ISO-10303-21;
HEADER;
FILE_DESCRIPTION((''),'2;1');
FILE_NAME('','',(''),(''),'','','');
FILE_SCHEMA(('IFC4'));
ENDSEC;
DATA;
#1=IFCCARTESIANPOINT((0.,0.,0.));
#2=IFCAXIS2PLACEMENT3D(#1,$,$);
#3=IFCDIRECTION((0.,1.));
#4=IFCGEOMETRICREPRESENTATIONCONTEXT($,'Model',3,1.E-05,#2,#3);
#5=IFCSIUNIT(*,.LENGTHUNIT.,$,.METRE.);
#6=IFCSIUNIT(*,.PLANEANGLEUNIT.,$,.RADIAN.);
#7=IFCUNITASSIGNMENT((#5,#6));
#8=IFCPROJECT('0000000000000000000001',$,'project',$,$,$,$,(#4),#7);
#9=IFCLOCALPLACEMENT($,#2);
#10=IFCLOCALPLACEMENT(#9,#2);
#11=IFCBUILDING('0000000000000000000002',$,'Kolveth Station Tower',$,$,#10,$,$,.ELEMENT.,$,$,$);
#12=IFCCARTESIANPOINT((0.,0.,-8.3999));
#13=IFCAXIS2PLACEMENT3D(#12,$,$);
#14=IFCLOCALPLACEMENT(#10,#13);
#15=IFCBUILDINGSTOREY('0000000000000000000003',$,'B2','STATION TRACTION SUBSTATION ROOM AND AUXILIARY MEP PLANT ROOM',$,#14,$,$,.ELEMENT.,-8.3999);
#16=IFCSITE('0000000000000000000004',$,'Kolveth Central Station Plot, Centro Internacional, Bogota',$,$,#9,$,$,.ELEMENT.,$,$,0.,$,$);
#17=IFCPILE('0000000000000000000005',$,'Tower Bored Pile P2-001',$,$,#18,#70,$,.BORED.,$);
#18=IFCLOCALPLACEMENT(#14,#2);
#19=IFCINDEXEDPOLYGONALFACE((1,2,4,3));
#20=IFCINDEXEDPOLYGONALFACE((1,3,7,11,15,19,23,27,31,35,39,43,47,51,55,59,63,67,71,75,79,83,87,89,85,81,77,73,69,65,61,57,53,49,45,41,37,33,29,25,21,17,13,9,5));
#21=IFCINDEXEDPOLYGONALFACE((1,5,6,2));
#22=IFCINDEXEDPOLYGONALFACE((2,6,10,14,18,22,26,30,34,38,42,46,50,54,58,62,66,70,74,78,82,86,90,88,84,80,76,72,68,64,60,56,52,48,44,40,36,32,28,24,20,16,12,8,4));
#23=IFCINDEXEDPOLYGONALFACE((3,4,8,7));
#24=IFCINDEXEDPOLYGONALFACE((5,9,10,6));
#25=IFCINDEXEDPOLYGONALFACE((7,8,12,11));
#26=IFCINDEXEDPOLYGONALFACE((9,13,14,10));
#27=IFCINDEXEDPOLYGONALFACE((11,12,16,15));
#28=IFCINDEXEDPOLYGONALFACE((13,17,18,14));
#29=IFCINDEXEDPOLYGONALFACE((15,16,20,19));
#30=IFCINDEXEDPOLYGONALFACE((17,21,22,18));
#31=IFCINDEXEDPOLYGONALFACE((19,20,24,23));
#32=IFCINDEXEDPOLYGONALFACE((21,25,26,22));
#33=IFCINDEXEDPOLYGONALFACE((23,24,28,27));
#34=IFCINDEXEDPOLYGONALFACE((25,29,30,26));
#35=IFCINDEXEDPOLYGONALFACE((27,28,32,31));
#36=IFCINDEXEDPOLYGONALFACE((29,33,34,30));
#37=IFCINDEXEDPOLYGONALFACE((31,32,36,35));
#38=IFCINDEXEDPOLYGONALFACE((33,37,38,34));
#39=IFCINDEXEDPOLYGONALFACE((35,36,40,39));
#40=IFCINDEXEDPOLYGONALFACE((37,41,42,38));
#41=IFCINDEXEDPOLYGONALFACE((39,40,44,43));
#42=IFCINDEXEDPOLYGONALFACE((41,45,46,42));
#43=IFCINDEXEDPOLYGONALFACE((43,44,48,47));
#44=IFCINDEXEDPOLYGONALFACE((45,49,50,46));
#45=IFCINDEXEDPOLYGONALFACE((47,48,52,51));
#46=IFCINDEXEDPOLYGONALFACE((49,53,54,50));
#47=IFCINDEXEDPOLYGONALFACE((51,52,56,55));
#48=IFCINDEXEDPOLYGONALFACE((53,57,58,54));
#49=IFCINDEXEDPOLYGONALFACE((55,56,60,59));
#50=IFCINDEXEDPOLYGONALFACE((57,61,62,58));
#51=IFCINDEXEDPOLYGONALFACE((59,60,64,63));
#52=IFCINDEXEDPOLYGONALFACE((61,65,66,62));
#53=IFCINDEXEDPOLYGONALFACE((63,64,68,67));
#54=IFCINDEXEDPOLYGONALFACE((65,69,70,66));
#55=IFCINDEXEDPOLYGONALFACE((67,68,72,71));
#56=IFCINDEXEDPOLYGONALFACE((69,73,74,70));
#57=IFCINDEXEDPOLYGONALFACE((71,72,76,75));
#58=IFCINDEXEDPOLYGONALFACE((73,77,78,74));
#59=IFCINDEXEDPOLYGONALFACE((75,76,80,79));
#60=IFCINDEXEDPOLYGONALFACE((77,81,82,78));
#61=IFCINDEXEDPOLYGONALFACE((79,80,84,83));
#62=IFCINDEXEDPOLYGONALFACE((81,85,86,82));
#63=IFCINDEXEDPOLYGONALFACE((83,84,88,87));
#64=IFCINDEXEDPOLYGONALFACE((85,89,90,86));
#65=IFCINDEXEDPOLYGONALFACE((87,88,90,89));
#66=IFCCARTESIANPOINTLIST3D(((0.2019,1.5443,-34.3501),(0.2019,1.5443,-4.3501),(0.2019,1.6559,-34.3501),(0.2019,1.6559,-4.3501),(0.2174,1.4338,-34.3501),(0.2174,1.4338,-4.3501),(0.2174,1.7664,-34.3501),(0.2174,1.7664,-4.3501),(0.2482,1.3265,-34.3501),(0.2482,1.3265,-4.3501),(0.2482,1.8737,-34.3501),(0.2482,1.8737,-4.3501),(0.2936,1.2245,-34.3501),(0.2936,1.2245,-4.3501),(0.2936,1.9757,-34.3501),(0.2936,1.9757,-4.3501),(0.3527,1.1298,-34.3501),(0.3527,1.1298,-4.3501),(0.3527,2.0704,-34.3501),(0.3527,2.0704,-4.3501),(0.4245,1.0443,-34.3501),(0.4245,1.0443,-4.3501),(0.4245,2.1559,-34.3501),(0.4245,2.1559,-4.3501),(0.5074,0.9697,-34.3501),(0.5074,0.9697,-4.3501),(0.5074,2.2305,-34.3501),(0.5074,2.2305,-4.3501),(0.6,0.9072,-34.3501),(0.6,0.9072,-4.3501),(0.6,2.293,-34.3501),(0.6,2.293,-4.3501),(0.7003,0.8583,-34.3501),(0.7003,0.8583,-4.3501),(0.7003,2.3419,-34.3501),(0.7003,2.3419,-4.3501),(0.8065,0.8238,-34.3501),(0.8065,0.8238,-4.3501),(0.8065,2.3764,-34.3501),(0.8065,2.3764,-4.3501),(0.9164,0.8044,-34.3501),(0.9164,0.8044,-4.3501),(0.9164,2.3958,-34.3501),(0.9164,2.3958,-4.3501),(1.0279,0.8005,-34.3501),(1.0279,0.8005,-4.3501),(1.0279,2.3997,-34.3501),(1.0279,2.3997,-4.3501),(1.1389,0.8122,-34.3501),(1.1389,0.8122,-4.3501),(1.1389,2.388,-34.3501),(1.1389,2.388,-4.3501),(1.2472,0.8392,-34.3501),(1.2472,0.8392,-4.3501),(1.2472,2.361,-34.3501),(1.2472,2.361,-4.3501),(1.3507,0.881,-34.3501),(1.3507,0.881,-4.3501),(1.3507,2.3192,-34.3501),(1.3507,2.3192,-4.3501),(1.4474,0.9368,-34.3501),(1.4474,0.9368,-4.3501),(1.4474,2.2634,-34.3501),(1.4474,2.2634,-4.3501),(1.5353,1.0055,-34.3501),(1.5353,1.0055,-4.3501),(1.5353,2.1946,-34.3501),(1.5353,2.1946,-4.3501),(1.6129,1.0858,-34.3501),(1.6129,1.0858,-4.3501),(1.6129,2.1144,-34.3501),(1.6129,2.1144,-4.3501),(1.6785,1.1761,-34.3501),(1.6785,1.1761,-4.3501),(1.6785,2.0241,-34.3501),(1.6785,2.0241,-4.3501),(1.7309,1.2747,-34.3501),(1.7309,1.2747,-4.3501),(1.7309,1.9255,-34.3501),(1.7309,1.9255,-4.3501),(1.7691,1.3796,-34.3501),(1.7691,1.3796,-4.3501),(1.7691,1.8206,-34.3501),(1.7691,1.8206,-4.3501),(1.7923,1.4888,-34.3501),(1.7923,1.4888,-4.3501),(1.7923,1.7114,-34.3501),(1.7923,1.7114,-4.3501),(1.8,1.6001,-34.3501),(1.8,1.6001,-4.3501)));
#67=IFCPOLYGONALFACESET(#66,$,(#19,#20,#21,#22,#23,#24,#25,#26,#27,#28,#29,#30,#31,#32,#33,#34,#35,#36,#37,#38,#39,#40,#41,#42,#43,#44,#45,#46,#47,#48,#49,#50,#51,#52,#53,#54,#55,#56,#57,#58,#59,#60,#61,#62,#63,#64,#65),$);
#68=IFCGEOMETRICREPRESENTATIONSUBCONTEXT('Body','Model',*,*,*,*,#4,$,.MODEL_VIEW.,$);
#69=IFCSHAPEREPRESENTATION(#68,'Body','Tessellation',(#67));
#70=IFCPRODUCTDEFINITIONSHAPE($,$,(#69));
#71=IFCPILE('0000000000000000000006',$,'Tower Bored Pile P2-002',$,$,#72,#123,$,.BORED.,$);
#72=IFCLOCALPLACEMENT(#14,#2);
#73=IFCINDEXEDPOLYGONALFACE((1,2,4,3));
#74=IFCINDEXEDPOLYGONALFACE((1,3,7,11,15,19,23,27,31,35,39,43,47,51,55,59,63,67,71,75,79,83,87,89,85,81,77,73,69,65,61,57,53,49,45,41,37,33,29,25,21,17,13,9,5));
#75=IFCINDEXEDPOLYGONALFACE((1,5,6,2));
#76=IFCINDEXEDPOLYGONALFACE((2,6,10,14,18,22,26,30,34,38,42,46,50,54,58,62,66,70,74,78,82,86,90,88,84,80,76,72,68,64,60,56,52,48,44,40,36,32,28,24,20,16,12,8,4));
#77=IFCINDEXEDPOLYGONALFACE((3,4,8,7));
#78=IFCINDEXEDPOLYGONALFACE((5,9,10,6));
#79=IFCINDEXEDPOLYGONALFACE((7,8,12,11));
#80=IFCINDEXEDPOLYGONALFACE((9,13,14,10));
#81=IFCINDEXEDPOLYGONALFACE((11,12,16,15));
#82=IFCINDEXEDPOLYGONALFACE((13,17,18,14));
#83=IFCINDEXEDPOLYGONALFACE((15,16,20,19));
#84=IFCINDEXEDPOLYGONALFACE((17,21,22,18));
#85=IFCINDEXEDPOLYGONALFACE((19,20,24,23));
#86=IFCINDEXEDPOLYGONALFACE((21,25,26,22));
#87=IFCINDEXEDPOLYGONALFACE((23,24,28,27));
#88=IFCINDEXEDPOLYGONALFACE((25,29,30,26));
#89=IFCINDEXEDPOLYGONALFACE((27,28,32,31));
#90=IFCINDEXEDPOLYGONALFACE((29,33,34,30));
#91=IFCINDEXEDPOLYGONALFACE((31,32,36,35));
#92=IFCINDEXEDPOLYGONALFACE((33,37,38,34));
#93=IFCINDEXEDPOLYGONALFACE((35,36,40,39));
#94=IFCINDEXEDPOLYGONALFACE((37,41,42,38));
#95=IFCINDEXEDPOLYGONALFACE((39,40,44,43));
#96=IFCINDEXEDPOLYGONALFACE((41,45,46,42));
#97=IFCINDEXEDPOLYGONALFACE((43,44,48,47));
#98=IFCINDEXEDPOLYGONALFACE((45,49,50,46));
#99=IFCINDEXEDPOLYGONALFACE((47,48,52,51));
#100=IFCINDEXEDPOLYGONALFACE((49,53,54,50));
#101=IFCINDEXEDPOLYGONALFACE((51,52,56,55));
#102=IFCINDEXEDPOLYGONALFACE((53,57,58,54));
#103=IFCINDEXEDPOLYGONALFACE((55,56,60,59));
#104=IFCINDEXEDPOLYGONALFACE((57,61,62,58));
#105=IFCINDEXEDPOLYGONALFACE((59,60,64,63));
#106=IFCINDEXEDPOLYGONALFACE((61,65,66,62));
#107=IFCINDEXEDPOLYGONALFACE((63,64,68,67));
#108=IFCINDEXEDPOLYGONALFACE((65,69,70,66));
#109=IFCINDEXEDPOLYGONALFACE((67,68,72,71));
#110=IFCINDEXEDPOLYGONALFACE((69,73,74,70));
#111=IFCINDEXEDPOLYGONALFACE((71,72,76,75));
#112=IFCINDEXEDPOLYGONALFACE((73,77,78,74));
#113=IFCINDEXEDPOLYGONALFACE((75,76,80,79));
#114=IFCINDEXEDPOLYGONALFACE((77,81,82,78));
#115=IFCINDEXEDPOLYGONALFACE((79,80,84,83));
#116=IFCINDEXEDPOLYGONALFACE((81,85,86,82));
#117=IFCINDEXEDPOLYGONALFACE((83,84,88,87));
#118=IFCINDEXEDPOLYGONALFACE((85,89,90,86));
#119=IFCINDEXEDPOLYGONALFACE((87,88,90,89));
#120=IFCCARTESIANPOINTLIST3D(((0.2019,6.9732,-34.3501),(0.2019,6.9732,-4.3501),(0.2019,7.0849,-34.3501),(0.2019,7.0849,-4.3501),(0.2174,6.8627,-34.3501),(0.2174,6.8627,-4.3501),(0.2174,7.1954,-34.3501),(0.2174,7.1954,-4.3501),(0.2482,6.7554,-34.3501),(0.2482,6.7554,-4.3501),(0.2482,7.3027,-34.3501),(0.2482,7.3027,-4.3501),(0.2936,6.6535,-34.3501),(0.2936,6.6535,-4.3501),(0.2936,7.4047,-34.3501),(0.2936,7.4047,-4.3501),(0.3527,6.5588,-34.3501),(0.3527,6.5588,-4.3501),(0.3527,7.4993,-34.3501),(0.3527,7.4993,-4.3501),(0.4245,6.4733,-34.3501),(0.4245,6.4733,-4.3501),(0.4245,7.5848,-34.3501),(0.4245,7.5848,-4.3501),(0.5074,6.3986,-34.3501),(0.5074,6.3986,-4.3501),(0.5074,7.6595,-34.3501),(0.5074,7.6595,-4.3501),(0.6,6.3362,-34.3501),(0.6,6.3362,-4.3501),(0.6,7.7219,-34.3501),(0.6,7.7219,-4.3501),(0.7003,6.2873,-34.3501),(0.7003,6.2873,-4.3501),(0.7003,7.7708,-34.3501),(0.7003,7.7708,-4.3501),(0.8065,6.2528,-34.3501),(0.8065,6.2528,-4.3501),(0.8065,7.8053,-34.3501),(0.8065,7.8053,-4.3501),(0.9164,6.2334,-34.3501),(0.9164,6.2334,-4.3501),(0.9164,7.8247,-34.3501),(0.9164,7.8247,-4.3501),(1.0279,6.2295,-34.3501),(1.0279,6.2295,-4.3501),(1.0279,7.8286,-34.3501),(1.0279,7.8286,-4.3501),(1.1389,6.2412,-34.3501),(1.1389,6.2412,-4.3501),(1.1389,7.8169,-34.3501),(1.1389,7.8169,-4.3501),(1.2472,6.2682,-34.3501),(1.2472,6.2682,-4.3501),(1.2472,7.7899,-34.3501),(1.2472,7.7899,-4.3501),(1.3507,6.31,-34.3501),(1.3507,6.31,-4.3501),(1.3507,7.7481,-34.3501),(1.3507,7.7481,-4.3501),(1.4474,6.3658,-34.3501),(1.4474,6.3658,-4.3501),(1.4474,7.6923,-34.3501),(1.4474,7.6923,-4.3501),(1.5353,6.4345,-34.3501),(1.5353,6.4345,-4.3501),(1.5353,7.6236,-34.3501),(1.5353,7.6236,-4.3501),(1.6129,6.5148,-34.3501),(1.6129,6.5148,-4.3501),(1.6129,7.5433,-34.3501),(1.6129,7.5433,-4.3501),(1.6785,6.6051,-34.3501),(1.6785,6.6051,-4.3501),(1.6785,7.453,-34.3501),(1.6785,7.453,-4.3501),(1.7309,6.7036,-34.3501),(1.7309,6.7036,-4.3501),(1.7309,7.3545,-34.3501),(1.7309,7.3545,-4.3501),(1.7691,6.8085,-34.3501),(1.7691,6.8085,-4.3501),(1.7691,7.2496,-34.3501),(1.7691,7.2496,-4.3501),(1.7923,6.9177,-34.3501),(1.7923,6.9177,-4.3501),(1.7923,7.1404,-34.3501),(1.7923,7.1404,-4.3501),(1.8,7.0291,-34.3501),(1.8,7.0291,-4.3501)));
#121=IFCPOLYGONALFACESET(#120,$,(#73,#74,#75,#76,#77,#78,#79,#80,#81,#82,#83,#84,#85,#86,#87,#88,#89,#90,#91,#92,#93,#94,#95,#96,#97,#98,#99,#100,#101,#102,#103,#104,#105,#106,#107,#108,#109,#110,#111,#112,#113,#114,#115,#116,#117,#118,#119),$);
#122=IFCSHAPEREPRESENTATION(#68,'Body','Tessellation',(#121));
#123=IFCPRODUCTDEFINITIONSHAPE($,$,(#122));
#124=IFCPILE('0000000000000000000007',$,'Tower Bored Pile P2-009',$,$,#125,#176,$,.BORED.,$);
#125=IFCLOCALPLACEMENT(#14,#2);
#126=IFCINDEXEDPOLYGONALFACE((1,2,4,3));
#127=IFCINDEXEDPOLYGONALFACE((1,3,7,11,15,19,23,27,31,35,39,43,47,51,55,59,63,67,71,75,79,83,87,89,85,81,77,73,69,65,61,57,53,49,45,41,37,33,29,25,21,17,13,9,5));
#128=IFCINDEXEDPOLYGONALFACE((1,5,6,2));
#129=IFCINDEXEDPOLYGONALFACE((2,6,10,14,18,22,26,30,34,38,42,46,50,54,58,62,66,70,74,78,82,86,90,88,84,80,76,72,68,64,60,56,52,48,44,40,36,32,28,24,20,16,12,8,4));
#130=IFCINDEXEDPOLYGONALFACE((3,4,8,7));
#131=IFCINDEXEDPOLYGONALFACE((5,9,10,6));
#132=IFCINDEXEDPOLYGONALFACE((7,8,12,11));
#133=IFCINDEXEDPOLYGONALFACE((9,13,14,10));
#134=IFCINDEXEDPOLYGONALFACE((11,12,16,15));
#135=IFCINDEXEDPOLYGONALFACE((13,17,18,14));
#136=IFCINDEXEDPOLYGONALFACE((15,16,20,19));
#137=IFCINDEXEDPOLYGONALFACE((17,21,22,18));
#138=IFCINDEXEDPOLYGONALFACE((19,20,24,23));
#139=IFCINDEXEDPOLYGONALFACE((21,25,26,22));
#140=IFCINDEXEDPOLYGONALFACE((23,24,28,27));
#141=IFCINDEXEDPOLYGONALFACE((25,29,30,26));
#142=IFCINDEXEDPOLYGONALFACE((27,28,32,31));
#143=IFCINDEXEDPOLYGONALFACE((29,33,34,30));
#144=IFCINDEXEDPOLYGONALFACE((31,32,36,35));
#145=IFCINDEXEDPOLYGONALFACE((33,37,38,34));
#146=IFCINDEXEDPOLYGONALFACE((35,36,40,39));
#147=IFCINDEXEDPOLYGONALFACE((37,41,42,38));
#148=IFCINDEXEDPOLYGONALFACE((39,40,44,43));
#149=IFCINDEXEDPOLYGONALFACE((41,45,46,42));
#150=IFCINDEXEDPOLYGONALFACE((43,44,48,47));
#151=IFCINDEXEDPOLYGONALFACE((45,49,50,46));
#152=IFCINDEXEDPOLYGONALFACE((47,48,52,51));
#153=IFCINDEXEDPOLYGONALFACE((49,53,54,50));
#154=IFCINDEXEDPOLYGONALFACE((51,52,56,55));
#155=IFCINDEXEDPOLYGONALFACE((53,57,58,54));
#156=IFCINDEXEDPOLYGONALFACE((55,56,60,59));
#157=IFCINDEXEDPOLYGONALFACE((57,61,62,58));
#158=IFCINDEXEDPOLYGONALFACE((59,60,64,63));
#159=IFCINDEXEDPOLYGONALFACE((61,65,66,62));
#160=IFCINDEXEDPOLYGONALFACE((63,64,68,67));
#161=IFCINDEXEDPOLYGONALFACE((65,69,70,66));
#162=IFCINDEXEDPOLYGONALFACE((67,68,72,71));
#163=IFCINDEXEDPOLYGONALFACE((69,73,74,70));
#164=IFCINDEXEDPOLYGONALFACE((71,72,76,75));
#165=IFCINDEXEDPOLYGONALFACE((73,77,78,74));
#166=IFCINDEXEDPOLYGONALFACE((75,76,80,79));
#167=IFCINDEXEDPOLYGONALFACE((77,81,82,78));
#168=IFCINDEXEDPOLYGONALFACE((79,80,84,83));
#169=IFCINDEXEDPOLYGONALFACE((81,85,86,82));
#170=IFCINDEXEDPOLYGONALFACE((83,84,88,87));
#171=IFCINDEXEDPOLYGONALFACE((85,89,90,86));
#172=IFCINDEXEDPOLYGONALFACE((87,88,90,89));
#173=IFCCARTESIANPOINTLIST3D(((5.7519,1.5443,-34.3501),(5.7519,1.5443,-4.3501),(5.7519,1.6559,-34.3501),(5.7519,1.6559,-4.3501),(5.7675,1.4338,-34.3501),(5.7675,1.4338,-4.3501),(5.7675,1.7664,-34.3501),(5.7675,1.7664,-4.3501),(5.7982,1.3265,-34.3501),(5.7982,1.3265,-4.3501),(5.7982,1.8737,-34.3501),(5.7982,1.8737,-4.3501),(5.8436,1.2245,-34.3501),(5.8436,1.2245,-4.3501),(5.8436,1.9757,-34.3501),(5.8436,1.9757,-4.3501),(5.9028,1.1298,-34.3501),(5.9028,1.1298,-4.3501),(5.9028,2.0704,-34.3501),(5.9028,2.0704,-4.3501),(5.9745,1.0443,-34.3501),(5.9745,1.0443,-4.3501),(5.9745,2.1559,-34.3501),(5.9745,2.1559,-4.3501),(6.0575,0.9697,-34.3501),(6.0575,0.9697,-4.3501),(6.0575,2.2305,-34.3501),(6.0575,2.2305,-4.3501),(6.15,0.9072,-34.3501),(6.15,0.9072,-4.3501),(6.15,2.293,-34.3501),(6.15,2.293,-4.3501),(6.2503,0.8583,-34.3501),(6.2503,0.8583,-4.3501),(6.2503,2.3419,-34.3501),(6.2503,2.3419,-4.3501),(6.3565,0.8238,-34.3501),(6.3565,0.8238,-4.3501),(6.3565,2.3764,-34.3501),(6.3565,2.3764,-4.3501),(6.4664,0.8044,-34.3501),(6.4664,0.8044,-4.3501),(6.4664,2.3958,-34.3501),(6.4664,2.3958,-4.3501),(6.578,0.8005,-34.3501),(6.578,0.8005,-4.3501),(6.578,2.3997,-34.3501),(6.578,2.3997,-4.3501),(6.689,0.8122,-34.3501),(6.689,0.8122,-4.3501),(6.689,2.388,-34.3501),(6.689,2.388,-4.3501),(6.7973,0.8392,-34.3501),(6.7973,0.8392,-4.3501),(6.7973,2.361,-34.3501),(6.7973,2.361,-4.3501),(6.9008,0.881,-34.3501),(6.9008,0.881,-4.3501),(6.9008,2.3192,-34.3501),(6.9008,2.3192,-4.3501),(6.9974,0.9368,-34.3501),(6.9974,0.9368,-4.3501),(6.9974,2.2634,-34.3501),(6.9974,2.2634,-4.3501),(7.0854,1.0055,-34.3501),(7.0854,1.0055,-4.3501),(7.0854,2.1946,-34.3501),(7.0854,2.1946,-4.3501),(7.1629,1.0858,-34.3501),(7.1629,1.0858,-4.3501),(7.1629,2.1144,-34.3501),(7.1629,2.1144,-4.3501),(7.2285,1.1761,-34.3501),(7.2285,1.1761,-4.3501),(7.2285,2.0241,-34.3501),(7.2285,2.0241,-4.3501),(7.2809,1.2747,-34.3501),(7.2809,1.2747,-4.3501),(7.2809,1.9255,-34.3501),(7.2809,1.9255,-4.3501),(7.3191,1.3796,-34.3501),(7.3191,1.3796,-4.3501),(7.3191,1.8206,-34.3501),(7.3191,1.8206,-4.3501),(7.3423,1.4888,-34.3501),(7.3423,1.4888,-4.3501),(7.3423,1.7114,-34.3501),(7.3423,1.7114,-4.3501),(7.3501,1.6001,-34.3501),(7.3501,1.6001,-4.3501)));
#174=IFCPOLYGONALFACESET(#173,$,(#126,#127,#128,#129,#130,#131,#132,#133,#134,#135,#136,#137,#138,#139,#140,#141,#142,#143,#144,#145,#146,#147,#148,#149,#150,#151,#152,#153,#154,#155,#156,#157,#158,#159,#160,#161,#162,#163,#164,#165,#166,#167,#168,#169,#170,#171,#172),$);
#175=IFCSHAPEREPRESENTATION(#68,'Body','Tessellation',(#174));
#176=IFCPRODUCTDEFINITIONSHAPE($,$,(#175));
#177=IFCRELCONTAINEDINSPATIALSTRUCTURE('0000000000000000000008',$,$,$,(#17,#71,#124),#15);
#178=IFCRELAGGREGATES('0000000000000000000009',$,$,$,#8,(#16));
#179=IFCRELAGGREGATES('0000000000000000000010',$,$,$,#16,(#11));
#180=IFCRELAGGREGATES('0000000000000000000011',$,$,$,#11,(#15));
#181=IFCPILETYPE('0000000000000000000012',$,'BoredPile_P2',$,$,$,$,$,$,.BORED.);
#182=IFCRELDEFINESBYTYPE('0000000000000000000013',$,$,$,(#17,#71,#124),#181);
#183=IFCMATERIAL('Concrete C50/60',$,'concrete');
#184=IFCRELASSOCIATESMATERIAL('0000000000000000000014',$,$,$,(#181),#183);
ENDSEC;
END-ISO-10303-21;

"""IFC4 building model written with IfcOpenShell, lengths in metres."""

from ifc_helpers import new_model, si_unit, direction, frame, origin, origin_2d, place, context, subcontext, project, spatial, circle, extrude, source, transform, mapped, material, material_profile, profile_set, type_object, element, save


model = new_model("IFC4")

# Units and contexts
model_context = context("Model", 3, precision=1e-05, world=origin(), true_north=direction((0.0, 1.0)))
body_context = subcontext(model_context, "Body", "Model", "MODEL_VIEW")
ifc_project = project(units=[si_unit("LENGTHUNIT", "METRE"), si_unit("PLANEANGLEUNIT", "RADIAN")], contexts=[model_context])

# Site, building, storey
site_placement = place(None, origin())
site = spatial("IfcSite", under=ifc_project, at=site_placement, Name="Kolveth Central Station Plot, Centro Internacional, Bogota", CompositionType="ELEMENT", RefElevation=0.0)
building_placement = place(site_placement, origin())
building = spatial("IfcBuilding", under=site, at=building_placement, Name="Kolveth Station Tower", CompositionType="ELEMENT")
storey_placement = place(building_placement, frame((0.0, 0.0, -8.3999)))
storey = spatial("IfcBuildingStorey", under=building, at=storey_placement, Name="B2", Description="STATION TRACTION SUBSTATION ROOM AND AUXILIARY MEP PLANT ROOM", CompositionType="ELEMENT", Elevation=-8.3999)

# Piles
ifc_material_1 = material(Name="Concrete C50/60", Category="concrete")
ifc_material_profile_1 = material_profile(ifc_material_1, circle(Radius=0.8, at=origin_2d()), Name="PILE-D1600")
ifc_profile_set_1 = profile_set([ifc_material_profile_1], Name="Concrete C50/60")
pile_type = type_object("IfcPileType", Name="BoredPile_P2", PredefinedType="BORED", material=ifc_profile_set_1)
shared_shape_1 = source(origin(), body_context, "Body", "SweptSolid", [
    extrude(circle(Radius=0.8, at=origin_2d()), origin(), (0.0, 0.0, 1.0), 30.0),
])
for number, where, z_axis, x_axis, name in (
    (1, (1.0, 1.6001, -4.3501), (0.0, 0.0, -1.0), (1.0, 0.0, 0.0), "Tower Bored Pile P2-001"),
    (2, (1.0, 7.0291, -4.3501), (0.0, 0.0, -1.0), (1.0, 0.0, 0.0), "Tower Bored Pile P2-002"),
    (3, (6.55, 1.6001, -4.3501), (0.0, 0.0, -1.0), (1.0, 0.0, 0.0), "Tower Bored Pile P2-009"),
):
    element("IfcPile", number, at=place(storey_placement, frame(where, z_axis=z_axis, x_axis=x_axis)), inside=storey, type_object=pile_type, Name=name, PredefinedType="BORED", context=body_context, shape_type="MappedRepresentation", body=[
        mapped(shared_shape_1, transform((0.0, 0.0, 0.0), x_axis=(1.0, 0.0, 0.0), y_axis=(0.0, 1.0, 0.0), z_axis=(0.0, 0.0, 1.0), scale=1.0)),
    ])

save(model, "model.ifc")
